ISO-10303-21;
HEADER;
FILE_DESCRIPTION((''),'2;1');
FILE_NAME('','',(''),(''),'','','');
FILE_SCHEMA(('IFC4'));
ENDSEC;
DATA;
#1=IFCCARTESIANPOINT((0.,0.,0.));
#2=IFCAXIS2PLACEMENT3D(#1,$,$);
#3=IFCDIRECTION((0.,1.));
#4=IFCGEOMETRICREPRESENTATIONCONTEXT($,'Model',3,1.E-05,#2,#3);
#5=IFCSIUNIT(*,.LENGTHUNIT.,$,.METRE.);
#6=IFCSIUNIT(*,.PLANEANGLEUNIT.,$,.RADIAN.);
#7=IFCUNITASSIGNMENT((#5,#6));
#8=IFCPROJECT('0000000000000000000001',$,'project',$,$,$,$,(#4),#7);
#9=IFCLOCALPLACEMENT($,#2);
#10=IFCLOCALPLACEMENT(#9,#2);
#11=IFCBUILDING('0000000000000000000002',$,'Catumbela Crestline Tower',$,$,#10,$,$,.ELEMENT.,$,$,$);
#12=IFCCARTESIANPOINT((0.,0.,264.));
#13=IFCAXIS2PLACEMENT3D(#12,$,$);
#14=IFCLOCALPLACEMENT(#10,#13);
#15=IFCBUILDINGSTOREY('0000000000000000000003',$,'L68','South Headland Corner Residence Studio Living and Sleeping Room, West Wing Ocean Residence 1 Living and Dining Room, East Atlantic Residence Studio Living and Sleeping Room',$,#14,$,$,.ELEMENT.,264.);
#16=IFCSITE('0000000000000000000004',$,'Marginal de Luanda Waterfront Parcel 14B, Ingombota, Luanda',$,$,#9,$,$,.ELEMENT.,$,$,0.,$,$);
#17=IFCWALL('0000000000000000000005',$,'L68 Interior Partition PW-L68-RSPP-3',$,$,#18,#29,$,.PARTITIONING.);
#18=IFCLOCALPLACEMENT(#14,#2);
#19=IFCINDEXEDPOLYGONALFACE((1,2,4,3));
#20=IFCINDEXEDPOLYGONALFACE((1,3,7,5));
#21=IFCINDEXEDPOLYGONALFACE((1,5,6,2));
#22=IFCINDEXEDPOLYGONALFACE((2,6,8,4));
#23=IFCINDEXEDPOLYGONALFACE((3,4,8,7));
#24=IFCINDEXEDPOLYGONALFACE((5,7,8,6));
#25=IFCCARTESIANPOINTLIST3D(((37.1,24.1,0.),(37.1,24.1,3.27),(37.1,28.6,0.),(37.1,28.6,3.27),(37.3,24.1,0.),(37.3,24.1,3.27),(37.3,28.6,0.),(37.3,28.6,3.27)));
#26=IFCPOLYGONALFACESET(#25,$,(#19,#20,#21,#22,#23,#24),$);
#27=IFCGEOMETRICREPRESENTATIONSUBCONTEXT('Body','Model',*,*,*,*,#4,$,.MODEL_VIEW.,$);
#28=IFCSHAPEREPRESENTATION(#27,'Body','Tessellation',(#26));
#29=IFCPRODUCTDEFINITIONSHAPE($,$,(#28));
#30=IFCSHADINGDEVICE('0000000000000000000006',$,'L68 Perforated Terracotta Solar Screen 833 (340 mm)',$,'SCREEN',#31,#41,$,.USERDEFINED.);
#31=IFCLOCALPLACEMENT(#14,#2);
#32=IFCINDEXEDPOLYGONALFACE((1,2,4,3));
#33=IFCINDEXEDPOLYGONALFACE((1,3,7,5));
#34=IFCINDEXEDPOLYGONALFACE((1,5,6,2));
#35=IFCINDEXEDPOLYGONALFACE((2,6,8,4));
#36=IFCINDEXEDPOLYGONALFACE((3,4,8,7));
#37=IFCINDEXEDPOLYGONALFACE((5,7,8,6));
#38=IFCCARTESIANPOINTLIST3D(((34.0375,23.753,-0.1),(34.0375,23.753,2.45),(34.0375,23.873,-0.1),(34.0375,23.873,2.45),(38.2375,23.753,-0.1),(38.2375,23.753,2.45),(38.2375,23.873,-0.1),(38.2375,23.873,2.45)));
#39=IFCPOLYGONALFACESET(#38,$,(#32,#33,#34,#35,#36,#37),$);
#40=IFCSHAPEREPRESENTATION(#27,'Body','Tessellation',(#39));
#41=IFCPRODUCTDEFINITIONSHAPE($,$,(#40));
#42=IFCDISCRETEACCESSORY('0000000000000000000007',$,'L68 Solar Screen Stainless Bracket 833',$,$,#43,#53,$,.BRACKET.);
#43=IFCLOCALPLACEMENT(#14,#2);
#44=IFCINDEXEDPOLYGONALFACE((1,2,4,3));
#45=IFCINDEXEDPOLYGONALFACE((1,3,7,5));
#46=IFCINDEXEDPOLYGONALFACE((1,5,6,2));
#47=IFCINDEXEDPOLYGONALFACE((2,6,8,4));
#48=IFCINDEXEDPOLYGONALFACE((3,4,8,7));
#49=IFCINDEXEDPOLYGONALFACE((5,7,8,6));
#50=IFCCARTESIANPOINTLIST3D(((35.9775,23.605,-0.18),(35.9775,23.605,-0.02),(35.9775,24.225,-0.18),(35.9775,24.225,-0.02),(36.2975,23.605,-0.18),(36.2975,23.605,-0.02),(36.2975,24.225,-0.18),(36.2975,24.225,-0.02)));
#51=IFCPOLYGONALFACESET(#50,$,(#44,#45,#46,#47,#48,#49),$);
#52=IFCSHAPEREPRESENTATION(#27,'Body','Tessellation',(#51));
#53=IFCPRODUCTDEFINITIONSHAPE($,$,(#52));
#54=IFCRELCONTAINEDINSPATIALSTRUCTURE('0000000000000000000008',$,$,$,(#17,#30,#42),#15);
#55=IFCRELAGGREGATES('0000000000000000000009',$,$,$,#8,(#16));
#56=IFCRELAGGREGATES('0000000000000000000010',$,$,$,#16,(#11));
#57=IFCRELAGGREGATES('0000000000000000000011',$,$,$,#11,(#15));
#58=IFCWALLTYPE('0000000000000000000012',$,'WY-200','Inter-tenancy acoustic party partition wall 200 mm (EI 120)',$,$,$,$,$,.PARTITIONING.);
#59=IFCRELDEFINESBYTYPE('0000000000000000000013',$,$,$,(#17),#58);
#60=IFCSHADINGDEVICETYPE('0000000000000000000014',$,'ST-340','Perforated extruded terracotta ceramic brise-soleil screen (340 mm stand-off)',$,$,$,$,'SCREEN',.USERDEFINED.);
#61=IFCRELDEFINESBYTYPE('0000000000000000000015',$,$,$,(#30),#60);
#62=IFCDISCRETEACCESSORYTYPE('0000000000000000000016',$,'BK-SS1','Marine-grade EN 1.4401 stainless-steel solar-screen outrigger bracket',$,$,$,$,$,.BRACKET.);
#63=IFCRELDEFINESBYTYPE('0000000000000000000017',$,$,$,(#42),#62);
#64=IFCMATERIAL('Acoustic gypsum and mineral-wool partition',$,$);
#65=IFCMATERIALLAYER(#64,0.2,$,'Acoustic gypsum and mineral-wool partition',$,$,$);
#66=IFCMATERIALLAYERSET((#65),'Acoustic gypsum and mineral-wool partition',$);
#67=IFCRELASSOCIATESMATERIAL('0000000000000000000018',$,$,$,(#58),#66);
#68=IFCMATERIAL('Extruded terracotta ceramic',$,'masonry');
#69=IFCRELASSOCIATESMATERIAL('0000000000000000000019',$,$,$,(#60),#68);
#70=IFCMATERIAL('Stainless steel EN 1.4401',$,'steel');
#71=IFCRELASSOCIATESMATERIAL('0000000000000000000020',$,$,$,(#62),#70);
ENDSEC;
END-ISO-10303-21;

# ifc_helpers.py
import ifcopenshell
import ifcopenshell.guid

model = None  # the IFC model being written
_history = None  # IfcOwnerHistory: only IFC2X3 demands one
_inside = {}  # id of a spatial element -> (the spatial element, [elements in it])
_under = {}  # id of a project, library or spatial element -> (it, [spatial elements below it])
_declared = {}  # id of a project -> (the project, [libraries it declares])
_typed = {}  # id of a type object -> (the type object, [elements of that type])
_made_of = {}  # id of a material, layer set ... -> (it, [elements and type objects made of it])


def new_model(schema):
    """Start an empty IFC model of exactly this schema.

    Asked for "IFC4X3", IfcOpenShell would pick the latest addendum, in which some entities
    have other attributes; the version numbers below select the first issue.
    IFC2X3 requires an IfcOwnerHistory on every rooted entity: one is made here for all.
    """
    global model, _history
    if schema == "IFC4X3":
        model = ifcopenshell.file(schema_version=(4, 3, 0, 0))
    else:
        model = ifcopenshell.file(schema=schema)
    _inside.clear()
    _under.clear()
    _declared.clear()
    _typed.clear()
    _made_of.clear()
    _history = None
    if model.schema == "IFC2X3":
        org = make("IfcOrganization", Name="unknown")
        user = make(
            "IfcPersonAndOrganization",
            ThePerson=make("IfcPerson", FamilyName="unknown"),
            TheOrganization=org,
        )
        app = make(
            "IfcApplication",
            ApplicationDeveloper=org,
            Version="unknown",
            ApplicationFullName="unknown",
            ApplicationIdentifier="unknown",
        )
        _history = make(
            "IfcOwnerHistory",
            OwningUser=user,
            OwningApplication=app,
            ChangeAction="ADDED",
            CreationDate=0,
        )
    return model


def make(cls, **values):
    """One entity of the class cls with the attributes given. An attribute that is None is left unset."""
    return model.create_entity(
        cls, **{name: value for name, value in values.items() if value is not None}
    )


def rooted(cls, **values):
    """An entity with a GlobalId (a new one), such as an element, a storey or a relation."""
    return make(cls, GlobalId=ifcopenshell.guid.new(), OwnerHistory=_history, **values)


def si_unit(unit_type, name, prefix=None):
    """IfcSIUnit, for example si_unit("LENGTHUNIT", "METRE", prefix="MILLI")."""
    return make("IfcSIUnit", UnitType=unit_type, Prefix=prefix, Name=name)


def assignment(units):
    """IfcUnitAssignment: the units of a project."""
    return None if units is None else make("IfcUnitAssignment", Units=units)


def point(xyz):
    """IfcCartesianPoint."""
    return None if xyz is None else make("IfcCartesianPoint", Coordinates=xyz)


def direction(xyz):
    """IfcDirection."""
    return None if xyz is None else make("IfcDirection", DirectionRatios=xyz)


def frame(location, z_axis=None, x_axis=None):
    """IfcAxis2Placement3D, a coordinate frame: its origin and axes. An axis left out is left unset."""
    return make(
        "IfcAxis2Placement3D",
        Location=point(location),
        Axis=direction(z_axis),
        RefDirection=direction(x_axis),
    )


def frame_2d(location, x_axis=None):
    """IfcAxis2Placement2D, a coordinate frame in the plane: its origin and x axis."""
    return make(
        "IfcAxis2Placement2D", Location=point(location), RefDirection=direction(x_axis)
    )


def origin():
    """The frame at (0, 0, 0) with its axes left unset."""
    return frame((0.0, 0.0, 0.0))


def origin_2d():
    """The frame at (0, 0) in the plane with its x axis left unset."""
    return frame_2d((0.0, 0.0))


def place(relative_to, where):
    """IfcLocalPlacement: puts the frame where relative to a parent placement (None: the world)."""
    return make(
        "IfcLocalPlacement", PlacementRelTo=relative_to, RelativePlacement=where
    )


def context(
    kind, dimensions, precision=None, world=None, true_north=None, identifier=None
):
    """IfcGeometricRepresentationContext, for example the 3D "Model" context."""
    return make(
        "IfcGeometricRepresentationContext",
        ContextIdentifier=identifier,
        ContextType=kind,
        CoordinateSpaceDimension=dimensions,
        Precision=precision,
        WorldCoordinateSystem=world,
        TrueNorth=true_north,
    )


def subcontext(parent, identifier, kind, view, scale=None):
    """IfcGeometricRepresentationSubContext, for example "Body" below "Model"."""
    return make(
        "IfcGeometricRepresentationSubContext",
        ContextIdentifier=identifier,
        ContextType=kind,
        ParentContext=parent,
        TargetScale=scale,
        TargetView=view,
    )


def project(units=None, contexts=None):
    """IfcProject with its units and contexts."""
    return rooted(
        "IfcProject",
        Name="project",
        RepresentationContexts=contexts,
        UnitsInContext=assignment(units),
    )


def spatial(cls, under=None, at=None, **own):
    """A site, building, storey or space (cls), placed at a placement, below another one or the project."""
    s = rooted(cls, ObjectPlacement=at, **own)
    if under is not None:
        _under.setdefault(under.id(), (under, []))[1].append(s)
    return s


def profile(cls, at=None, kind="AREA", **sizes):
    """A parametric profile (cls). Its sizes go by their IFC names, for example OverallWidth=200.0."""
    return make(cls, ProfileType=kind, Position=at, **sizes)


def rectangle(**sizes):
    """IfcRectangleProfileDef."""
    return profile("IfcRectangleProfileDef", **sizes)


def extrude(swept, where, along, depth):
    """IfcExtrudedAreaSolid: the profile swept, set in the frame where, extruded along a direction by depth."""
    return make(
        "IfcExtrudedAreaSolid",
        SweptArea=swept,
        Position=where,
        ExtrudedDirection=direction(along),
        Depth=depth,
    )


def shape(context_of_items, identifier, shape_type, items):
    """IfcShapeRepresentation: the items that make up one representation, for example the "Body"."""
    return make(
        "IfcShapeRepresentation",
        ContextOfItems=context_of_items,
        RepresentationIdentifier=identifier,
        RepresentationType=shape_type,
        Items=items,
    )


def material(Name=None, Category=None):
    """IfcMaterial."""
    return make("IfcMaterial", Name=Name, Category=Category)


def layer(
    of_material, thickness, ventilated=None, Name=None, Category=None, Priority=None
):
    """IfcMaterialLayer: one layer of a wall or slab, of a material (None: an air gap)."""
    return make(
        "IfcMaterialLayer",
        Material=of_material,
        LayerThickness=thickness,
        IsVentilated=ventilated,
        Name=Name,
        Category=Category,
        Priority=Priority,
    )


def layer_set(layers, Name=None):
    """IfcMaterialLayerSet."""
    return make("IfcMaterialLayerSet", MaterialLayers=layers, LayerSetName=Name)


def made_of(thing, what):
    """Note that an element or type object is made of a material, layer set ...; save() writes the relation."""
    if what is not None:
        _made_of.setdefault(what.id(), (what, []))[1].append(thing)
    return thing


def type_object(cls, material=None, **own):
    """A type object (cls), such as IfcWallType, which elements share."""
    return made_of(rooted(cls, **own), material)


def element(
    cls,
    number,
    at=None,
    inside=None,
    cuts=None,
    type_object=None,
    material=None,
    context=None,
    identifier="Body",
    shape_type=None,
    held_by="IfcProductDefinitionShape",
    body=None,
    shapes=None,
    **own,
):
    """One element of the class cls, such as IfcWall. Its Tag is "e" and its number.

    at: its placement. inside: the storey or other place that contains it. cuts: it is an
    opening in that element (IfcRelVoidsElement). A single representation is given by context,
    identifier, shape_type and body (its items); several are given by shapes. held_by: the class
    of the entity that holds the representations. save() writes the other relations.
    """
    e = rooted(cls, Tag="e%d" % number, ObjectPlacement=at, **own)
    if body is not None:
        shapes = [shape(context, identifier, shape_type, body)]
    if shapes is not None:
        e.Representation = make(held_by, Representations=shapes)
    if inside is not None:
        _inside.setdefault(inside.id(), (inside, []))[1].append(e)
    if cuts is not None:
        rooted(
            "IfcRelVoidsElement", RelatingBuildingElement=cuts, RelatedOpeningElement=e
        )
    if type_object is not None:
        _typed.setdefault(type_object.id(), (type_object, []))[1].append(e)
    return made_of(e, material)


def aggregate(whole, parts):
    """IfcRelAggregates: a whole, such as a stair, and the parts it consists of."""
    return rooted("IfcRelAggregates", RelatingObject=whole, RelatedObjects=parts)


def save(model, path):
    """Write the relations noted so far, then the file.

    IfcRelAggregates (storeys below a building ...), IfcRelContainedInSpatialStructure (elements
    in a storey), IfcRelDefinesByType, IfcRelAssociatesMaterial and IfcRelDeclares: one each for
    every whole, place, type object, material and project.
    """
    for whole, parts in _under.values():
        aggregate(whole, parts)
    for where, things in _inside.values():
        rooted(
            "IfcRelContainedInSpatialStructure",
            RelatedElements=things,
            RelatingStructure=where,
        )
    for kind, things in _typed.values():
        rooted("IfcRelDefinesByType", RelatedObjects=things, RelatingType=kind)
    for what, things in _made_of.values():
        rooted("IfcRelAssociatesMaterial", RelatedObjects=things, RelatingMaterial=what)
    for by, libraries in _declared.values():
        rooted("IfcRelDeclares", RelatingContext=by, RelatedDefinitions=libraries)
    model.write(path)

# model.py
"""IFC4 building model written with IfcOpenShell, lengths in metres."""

from ifc_helpers import new_model, si_unit, direction, frame, frame_2d, origin, origin_2d, place, context, subcontext, project, spatial, rectangle, extrude, material, layer, layer_set, type_object, element, save


model = new_model("IFC4")

# Units and contexts
model_context = context("Model", 3, precision=1e-05, world=origin(), true_north=direction((0.0, 1.0)))
body_context = subcontext(model_context, "Body", "Model", "MODEL_VIEW")
ifc_project = project(units=[si_unit("LENGTHUNIT", "METRE"), si_unit("PLANEANGLEUNIT", "RADIAN")], contexts=[model_context])

# Site, building, storey
site_placement = place(None, origin())
site = spatial("IfcSite", under=ifc_project, at=site_placement, Name="Marginal de Luanda Waterfront Parcel 14B, Ingombota, Luanda", CompositionType="ELEMENT", RefElevation=0.0)
building_placement = place(site_placement, origin())
building = spatial("IfcBuilding", under=site, at=building_placement, Name="Catumbela Crestline Tower", CompositionType="ELEMENT")
storey_placement = place(building_placement, frame((0.0, 0.0, 264.0)))
storey = spatial("IfcBuildingStorey", under=building, at=storey_placement, Name="L68", Description="South Headland Corner Residence Studio Living and Sleeping Room, West Wing Ocean Residence 1 Living and Dining Room, East Atlantic Residence Studio Living and Sleeping Room", CompositionType="ELEMENT", Elevation=264.0)

# Shared definitions
ifc_material_1 = material(Name="Acoustic gypsum and mineral-wool partition")

# Wall
ifc_layer_1 = layer(ifc_material_1, 0.2, Name="Acoustic gypsum and mineral-wool partition")
ifc_layer_set_1 = layer_set([ifc_layer_1], Name="Acoustic gypsum and mineral-wool partition")
wall_type_1 = type_object("IfcWallType", Name="WY-200", Description="Inter-tenancy acoustic party partition wall 200 mm (EI 120)", PredefinedType="PARTITIONING", material=ifc_layer_set_1)
wall_1_placement = place(storey_placement, frame((37.2, 24.1, 0.0), z_axis=(0.0, 0.0, 1.0), x_axis=(0.0, 1.0, 0.0)))
element("IfcWall", 1, at=wall_1_placement, inside=storey, type_object=wall_type_1, Name="L68 Interior Partition PW-L68-RSPP-3", PredefinedType="PARTITIONING", context=body_context, shape_type="SweptSolid", body=[
    extrude(rectangle(XDim=4.5, YDim=0.2, at=frame_2d((2.25, 0.0))), origin(), (0.0, 0.0, 1.0), 3.27),
])

# Shading device
ifc_material_2 = material(Name="Extruded terracotta ceramic", Category="masonry")
shading_device_type = type_object("IfcShadingDeviceType", Name="ST-340", Description="Perforated extruded terracotta ceramic brise-soleil screen (340 mm stand-off)", ElementType="SCREEN", PredefinedType="USERDEFINED", material=ifc_material_2)
shading_device_placement = place(storey_placement, frame((36.1375, 23.813, -0.1), z_axis=(0.0, 0.0, 1.0), x_axis=(1.0, 0.0, 0.0)))
element("IfcShadingDevice", 2, at=shading_device_placement, inside=storey, type_object=shading_device_type, Name="L68 Perforated Terracotta Solar Screen 833 (340 mm)", ObjectType="SCREEN", PredefinedType="USERDEFINED", context=body_context, shape_type="SweptSolid", body=[
    extrude(rectangle(XDim=4.2, YDim=0.12, at=origin_2d()), origin(), (0.0, 0.0, 1.0), 2.55),
])

# Discrete accessory
ifc_material_3 = material(Name="Stainless steel EN 1.4401", Category="steel")
discrete_accessory_type = type_object("IfcDiscreteAccessoryType", Name="BK-SS1", Description="Marine-grade EN 1.4401 stainless-steel solar-screen outrigger bracket", PredefinedType="BRACKET", material=ifc_material_3)
discrete_accessory_placement = place(storey_placement, frame((36.1375, 23.915, -0.18), z_axis=(0.0, 0.0, 1.0), x_axis=(1.0, 0.0, 0.0)))
element("IfcDiscreteAccessory", 3, at=discrete_accessory_placement, inside=storey, type_object=discrete_accessory_type, Name="L68 Solar Screen Stainless Bracket 833", PredefinedType="BRACKET", context=body_context, shape_type="SweptSolid", body=[
    extrude(rectangle(XDim=0.32, YDim=0.62, at=origin_2d()), origin(), (0.0, 0.0, 1.0), 0.16),
])

save(model, "model.ifc")
